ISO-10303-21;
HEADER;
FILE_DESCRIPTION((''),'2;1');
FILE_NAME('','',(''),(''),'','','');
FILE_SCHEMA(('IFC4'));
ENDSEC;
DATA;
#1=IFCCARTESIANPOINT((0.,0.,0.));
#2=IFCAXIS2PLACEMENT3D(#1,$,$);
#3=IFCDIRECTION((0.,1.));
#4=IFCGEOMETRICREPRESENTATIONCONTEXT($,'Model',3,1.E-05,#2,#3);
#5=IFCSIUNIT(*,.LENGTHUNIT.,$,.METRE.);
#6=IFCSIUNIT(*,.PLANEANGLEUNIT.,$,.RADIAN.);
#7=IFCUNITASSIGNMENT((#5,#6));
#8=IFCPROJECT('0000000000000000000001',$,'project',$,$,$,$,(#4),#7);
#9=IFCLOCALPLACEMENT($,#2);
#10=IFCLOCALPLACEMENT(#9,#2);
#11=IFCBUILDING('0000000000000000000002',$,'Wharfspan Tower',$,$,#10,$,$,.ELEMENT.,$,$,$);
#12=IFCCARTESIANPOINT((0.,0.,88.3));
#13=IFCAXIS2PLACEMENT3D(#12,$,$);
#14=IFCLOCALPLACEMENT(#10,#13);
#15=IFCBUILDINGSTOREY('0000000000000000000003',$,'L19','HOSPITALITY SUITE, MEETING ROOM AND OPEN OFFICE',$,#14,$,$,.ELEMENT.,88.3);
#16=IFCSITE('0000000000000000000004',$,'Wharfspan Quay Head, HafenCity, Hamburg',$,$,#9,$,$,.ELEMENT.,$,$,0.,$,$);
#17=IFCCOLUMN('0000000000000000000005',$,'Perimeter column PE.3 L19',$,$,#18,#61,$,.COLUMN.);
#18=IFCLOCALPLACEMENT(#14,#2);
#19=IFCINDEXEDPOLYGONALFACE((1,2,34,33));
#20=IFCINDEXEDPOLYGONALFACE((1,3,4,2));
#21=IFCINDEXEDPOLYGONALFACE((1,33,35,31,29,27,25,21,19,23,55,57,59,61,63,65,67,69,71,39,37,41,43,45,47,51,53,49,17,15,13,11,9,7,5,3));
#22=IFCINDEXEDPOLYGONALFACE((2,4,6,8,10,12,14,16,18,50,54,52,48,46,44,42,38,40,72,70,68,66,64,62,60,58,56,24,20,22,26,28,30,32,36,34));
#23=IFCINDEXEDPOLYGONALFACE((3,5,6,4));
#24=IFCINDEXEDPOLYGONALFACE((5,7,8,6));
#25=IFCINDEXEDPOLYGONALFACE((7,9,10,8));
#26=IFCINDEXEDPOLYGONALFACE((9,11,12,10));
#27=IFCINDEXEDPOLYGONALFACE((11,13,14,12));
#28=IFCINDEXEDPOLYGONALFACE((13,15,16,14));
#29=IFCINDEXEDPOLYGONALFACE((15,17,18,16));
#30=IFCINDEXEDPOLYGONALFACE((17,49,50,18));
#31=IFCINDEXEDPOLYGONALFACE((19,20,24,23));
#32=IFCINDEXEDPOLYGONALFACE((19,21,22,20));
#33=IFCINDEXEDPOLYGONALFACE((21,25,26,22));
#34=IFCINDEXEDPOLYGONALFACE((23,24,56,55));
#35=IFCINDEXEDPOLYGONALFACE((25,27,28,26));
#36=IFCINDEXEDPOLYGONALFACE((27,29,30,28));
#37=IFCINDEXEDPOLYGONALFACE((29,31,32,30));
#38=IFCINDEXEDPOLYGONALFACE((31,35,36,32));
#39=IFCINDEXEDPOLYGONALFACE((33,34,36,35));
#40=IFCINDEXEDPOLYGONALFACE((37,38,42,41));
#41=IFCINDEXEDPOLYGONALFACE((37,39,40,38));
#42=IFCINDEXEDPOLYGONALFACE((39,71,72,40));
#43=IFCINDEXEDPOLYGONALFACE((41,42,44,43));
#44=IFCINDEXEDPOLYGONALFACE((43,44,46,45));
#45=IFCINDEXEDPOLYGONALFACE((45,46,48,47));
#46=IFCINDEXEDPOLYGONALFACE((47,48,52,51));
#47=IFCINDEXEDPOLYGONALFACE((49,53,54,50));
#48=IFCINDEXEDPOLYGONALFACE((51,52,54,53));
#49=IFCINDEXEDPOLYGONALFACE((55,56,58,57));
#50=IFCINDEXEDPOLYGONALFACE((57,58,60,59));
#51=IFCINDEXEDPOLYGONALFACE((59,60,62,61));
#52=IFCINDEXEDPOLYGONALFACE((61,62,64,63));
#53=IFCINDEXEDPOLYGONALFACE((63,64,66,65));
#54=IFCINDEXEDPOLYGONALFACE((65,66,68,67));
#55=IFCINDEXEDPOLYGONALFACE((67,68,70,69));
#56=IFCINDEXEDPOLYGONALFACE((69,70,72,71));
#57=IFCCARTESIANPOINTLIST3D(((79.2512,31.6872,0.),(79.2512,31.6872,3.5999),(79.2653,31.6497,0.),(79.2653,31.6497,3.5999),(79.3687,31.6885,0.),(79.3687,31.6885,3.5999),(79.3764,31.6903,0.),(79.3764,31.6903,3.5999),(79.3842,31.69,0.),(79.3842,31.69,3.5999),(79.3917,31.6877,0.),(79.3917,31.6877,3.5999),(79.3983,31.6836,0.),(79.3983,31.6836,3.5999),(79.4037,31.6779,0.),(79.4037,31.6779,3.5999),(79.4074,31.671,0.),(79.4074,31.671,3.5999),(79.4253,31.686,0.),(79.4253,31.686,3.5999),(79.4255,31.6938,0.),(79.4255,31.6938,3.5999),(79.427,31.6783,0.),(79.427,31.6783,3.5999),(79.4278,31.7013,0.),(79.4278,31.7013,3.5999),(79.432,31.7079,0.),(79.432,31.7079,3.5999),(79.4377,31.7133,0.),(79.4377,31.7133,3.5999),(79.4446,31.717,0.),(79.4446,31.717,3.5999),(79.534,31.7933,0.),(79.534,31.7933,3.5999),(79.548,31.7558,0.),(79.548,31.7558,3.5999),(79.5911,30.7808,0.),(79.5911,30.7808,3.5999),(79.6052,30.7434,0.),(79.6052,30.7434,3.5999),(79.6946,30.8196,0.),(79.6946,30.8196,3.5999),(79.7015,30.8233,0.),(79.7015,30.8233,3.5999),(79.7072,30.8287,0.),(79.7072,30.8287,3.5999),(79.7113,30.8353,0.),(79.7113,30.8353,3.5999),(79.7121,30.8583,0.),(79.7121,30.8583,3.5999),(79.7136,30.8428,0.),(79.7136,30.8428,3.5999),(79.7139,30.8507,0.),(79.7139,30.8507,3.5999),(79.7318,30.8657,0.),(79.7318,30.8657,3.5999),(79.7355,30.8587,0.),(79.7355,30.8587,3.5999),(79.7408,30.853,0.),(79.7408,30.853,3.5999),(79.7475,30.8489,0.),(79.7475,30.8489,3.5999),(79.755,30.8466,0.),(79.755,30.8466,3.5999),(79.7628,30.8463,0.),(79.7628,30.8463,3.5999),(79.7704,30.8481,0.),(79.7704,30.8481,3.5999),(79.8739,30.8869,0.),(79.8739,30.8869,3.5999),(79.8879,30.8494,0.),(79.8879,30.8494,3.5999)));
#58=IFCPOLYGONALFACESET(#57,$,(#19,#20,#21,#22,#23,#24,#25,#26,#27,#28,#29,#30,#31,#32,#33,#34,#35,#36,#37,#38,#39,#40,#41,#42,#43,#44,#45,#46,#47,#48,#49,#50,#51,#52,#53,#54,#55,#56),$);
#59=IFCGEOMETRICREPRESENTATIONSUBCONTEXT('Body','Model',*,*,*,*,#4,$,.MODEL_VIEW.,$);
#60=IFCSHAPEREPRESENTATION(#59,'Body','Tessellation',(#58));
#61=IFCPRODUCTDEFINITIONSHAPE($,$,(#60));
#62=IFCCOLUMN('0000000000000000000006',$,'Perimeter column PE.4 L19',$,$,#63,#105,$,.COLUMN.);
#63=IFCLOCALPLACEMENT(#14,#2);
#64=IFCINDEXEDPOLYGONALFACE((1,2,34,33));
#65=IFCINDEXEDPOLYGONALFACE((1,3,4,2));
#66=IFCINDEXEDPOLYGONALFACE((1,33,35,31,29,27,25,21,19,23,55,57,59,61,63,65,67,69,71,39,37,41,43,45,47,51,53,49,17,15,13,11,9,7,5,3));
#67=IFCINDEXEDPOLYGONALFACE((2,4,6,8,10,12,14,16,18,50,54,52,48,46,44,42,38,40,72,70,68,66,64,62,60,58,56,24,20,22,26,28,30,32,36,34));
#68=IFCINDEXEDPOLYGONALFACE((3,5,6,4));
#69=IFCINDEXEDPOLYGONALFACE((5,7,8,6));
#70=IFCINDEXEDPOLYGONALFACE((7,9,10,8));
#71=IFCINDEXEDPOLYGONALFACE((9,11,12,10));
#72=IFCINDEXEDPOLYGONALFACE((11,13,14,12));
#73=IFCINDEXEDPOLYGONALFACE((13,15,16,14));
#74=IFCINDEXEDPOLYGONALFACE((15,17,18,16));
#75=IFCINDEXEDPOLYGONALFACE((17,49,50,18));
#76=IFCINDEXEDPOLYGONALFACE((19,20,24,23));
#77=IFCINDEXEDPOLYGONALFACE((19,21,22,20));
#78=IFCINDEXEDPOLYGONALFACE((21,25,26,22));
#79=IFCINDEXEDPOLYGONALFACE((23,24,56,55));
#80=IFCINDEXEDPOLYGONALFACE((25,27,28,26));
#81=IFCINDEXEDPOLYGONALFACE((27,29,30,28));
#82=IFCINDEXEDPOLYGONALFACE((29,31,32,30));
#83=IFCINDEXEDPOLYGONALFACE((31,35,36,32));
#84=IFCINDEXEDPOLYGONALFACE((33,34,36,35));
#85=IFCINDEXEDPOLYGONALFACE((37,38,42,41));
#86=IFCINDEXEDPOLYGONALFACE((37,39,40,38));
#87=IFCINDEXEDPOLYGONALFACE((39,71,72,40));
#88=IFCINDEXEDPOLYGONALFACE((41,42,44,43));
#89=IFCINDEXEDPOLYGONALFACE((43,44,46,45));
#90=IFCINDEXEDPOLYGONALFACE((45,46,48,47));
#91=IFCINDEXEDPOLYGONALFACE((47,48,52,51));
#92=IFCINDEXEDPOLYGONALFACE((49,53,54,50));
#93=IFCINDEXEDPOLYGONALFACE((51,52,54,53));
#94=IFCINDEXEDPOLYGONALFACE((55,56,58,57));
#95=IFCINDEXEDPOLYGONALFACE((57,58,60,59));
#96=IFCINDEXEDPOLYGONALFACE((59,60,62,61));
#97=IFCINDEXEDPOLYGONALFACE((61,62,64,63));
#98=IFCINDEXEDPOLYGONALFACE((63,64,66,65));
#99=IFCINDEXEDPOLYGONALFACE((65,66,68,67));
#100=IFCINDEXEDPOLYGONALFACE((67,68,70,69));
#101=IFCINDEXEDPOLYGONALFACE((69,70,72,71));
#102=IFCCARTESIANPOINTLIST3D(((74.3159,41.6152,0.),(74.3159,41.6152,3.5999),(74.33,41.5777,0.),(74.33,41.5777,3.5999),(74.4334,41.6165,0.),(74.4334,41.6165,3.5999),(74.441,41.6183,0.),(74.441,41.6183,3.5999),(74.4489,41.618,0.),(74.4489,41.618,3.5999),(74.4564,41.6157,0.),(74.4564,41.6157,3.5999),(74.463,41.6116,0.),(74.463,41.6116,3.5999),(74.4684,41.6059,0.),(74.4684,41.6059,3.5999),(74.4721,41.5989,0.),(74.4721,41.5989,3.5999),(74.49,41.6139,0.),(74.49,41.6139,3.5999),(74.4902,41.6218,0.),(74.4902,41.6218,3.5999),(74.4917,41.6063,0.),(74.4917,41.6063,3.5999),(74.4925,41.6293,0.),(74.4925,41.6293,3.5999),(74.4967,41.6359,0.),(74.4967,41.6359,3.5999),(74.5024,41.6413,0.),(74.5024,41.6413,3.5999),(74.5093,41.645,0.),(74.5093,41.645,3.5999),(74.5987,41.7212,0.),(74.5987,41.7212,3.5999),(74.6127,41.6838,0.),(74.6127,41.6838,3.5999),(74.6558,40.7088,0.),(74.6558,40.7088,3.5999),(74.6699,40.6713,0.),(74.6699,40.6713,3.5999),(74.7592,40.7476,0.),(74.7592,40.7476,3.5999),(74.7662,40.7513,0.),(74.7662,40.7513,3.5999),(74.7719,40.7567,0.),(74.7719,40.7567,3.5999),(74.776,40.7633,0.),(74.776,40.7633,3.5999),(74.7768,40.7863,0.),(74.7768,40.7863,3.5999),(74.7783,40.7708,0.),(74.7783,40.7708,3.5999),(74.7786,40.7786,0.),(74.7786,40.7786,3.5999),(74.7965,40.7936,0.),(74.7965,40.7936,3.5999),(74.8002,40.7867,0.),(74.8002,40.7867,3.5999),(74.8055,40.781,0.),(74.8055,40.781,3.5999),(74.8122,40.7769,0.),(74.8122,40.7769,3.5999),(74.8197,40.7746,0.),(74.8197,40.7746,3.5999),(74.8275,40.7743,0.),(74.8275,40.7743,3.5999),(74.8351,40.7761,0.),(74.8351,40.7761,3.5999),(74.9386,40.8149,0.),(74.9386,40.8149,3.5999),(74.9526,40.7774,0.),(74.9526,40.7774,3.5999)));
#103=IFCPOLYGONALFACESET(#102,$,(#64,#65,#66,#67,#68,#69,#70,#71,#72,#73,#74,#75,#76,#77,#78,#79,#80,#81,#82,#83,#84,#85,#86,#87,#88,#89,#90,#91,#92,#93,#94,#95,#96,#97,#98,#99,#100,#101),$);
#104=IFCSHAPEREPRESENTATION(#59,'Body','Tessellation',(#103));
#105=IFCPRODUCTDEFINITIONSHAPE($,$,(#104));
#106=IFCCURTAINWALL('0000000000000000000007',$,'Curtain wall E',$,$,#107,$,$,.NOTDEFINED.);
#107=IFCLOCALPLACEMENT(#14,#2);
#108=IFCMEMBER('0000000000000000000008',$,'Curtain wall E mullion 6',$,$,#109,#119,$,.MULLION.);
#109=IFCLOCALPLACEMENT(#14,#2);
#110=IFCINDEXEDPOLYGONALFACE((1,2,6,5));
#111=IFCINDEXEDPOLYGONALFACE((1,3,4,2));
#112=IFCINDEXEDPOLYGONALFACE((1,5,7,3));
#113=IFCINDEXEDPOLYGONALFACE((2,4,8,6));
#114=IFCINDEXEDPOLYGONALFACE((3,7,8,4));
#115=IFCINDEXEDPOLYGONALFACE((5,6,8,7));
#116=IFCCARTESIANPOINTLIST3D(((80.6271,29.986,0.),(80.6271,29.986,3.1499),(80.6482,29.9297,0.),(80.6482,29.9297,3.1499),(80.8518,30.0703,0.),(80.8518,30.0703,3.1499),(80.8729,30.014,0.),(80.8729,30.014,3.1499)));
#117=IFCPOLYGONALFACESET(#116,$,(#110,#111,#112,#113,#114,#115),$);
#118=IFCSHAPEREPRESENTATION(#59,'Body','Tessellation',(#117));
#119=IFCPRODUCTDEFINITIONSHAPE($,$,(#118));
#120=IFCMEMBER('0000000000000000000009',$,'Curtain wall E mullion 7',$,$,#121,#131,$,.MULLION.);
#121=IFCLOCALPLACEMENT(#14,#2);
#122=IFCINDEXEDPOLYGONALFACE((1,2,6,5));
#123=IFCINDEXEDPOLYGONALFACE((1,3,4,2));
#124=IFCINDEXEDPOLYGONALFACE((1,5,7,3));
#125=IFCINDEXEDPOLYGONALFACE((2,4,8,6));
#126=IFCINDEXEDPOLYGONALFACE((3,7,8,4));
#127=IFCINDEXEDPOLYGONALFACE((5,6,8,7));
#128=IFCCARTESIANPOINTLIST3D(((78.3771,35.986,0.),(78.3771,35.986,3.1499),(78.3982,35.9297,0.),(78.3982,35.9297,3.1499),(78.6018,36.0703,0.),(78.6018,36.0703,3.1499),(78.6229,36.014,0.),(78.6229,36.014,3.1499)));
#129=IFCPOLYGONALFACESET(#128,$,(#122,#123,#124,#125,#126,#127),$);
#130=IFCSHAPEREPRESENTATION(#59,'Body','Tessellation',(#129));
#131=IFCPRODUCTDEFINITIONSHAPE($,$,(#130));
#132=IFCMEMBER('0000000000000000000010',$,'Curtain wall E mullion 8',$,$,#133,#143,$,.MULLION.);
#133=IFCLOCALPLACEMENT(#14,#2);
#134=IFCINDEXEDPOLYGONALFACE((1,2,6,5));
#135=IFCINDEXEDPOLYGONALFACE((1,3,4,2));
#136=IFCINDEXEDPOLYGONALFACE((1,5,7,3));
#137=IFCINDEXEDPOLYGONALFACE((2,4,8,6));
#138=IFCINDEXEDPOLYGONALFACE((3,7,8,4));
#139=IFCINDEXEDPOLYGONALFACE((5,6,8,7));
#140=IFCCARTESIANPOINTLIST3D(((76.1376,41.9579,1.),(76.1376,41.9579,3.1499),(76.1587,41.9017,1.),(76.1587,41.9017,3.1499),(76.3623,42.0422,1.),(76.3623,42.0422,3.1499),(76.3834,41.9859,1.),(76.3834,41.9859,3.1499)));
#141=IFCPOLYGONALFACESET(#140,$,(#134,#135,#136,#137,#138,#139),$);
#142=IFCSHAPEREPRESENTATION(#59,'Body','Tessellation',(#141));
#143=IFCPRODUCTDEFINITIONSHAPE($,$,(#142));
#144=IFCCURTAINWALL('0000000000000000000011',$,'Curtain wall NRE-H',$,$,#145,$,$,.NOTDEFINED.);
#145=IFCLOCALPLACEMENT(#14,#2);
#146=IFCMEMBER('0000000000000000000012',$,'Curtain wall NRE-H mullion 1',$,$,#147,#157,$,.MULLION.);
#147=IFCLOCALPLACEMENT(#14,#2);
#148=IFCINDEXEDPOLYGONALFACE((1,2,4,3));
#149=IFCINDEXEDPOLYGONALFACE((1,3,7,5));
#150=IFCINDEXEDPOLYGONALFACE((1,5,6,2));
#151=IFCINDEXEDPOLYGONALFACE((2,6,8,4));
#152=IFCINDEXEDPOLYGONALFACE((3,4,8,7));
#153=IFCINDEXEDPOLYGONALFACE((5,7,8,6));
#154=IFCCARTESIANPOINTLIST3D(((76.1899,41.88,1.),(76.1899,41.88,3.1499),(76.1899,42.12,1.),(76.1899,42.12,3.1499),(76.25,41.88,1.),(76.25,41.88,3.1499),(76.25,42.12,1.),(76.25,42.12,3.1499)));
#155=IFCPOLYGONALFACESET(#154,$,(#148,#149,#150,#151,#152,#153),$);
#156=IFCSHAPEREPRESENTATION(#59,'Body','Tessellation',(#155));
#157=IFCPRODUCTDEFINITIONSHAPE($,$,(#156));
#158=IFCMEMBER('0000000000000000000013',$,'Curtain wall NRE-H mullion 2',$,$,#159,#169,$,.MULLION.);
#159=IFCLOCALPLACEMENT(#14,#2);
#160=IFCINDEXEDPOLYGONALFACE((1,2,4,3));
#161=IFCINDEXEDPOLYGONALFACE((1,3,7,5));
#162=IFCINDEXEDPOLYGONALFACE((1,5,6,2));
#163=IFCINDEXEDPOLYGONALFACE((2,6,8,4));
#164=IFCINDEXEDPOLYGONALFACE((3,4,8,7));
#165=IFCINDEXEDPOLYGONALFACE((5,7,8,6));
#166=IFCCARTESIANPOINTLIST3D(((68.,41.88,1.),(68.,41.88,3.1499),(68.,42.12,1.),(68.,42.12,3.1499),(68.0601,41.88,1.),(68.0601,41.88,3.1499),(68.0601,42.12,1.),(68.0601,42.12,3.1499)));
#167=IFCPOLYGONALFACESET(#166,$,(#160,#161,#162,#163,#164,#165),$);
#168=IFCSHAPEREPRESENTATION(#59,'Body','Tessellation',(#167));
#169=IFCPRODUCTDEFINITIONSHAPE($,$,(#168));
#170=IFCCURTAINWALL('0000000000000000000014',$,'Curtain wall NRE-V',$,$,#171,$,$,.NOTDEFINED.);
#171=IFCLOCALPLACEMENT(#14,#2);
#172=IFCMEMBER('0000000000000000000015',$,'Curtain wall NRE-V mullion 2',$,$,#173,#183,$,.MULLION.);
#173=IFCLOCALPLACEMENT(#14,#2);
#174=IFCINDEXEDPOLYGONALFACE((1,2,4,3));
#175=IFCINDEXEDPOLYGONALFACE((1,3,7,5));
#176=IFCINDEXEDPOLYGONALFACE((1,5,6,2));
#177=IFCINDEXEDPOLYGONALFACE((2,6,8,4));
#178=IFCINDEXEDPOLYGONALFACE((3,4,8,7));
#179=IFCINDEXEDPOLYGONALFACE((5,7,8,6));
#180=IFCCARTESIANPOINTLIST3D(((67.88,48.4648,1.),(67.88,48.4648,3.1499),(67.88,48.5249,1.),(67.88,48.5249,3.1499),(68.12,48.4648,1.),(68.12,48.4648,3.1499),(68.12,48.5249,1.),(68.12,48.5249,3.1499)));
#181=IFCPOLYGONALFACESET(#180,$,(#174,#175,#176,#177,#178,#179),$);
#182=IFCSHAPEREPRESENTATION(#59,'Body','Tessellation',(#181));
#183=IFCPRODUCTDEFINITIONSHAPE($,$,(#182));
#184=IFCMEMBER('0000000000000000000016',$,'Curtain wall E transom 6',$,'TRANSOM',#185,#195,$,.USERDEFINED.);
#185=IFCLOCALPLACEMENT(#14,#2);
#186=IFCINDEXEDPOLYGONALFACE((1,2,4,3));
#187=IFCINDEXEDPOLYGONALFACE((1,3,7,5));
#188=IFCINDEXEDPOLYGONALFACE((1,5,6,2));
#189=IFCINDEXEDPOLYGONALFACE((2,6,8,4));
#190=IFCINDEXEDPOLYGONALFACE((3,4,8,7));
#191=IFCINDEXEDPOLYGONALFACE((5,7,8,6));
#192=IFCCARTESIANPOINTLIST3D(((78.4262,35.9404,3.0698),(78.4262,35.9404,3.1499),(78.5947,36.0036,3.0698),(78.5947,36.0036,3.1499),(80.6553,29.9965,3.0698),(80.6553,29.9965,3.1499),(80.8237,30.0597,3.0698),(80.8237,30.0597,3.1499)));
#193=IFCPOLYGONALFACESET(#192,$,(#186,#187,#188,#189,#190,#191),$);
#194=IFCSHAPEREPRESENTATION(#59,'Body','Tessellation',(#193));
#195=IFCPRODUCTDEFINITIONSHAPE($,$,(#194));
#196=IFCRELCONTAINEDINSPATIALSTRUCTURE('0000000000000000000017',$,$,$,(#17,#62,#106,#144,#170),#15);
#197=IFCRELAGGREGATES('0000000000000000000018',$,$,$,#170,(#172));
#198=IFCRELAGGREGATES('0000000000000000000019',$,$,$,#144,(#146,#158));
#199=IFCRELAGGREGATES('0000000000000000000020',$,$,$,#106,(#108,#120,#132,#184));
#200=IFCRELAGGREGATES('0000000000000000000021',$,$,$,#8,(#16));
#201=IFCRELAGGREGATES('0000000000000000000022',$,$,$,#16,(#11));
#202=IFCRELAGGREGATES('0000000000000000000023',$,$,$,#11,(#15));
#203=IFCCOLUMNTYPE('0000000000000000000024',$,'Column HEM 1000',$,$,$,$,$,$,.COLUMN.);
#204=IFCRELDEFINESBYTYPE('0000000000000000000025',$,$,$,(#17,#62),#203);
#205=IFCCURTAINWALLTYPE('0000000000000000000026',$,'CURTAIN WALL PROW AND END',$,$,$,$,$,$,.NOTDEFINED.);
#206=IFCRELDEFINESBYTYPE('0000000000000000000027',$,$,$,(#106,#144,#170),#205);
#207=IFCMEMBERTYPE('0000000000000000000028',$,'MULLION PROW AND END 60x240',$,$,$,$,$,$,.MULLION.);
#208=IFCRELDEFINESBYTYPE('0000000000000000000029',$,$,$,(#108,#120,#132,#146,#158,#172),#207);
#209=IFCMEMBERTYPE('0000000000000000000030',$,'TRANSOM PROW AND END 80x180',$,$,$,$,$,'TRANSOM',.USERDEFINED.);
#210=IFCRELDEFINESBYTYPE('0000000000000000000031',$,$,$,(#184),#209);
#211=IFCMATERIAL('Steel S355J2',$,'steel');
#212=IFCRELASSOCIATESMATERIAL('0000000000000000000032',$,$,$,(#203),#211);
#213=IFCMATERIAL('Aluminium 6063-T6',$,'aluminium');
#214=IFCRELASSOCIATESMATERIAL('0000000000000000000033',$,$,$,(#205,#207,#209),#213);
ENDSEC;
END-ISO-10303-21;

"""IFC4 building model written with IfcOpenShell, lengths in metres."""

from ifc_helpers import new_model, si_unit, direction, frame, origin, origin_2d, place, context, subcontext, project, spatial, rectangle, i_section, extrude, material, material_profile, profile_set, type_object, element, aggregate, save


model = new_model("IFC4")

# Units and contexts
model_context = context("Model", 3, precision=1e-05, world=origin(), true_north=direction((0.0, 1.0)))
body_context = subcontext(model_context, "Body", "Model", "MODEL_VIEW")
ifc_project = project(units=[si_unit("LENGTHUNIT", "METRE"), si_unit("PLANEANGLEUNIT", "RADIAN")], contexts=[model_context])

# Site, building, storey
site_placement = place(None, origin())
site = spatial("IfcSite", under=ifc_project, at=site_placement, Name="Wharfspan Quay Head, HafenCity, Hamburg", CompositionType="ELEMENT", RefElevation=0.0)
building_placement = place(site_placement, origin())
building = spatial("IfcBuilding", under=site, at=building_placement, Name="Wharfspan Tower", CompositionType="ELEMENT")
storey_placement = place(building_placement, frame((0.0, 0.0, 88.3)))
storey = spatial("IfcBuildingStorey", under=building, at=storey_placement, Name="L19", Description="HOSPITALITY SUITE, MEETING ROOM AND OPEN OFFICE", CompositionType="ELEMENT", Elevation=88.3)

# Columns
ifc_material_1 = material(Name="Steel S355J2", Category="steel")
ifc_material_profile_1 = material_profile(ifc_material_1, i_section(OverallWidth=0.302, OverallDepth=1.0081, WebThickness=0.021, FlangeThickness=0.04, FilletRadius=0.03, at=origin_2d()))
ifc_profile_set_1 = profile_set([ifc_material_profile_1], Name="Steel S355J2")
column_type = type_object("IfcColumnType", Name="Column HEM 1000", PredefinedType="COLUMN", material=ifc_profile_set_1)
for number, where, z_axis, x_axis, name in (
    (1, (79.5696, 31.2683, 0.0), (0.0, 0.0, 1.0), (0.936328, 0.351123, 0.0), "Perimeter column PE.3 L19"),
    (2, (74.6343, 41.1963, 0.0), (0.0, 0.0, 1.0), (0.936328, 0.351123, 0.0), "Perimeter column PE.4 L19"),
):
    element("IfcColumn", number, at=place(storey_placement, frame(where, z_axis=z_axis, x_axis=x_axis)), inside=storey, type_object=column_type, Name=name, PredefinedType="COLUMN", context=body_context, shape_type="SweptSolid", body=[
        extrude(i_section(OverallWidth=0.302, OverallDepth=1.0081, WebThickness=0.021, FlangeThickness=0.04, FilletRadius=0.03, at=origin_2d()), origin(), (0.0, 0.0, 1.0), 3.5999),
    ])

# Curtain walls, members
ifc_material_2 = material(Name="Aluminium 6063-T6", Category="aluminium")
curtain_wall_type = type_object("IfcCurtainWallType", Name="CURTAIN WALL PROW AND END", PredefinedType="NOTDEFINED", material=ifc_material_2)
curtain_wall_1_placement = place(storey_placement, origin())
curtain_wall_1 = element("IfcCurtainWall", 3, at=curtain_wall_1_placement, inside=storey, type_object=curtain_wall_type, Name="Curtain wall E", PredefinedType="NOTDEFINED")
ifc_material_profile_2 = material_profile(ifc_material_2, rectangle(XDim=0.24, YDim=0.0601, at=origin_2d()))
ifc_profile_set_2 = profile_set([ifc_material_profile_2], Name="Aluminium 6063-T6")
member_type_1 = type_object("IfcMemberType", Name="MULLION PROW AND END 60x240", PredefinedType="MULLION", material=ifc_profile_set_2)
member_1_placement = place(storey_placement, frame((80.75, 30.0, 0.0), z_axis=(0.0, 0.0, 1.0), x_axis=(-0.936328, -0.351123, 0.0)))
member_1 = element("IfcMember", 4, at=member_1_placement, type_object=member_type_1, Name="Curtain wall E mullion 6", PredefinedType="MULLION", context=body_context, shape_type="SweptSolid", body=[
    extrude(rectangle(XDim=0.24, YDim=0.0601, at=origin_2d()), origin(), (0.0, 0.0, 1.0), 3.1499),
])
member_2_placement = place(storey_placement, frame((78.5, 36.0, 0.0), z_axis=(0.0, 0.0, 1.0), x_axis=(-0.936328, -0.351123, 0.0)))
member_2 = element("IfcMember", 5, at=member_2_placement, type_object=member_type_1, Name="Curtain wall E mullion 7", PredefinedType="MULLION", context=body_context, shape_type="SweptSolid", body=[
    extrude(rectangle(XDim=0.24, YDim=0.0601, at=origin_2d()), origin(), (0.0, 0.0, 1.0), 3.1499),
])
member_3_placement = place(storey_placement, frame((76.2605, 41.9719, 1.0), z_axis=(0.0, 0.0, 1.0), x_axis=(-0.936328, -0.351123, 0.0)))
member_3 = element("IfcMember", 6, at=member_3_placement, type_object=member_type_1, Name="Curtain wall E mullion 8", PredefinedType="MULLION", context=body_context, shape_type="SweptSolid", body=[
    extrude(rectangle(XDim=0.24, YDim=0.0601, at=origin_2d()), origin(), (0.0, 0.0, 1.0), 2.1499),
])
curtain_wall_2_placement = place(storey_placement, origin())
curtain_wall_2 = element("IfcCurtainWall", 7, at=curtain_wall_2_placement, inside=storey, type_object=curtain_wall_type, Name="Curtain wall NRE-H", PredefinedType="NOTDEFINED")
member_4_placement = place(storey_placement, frame((76.22, 42.0, 1.0), z_axis=(0.0, 0.0, 1.0), x_axis=(0.0, -1.0, 0.0)))
member_4 = element("IfcMember", 8, at=member_4_placement, type_object=member_type_1, Name="Curtain wall NRE-H mullion 1", PredefinedType="MULLION", context=body_context, shape_type="SweptSolid", body=[
    extrude(rectangle(XDim=0.24, YDim=0.0601, at=origin_2d()), origin(), (0.0, 0.0, 1.0), 2.1499),
])
member_5_placement = place(storey_placement, frame((68.03, 42.0, 1.0), z_axis=(0.0, 0.0, 1.0), x_axis=(0.0, -1.0, 0.0)))
member_5 = element("IfcMember", 9, at=member_5_placement, type_object=member_type_1, Name="Curtain wall NRE-H mullion 2", PredefinedType="MULLION", context=body_context, shape_type="SweptSolid", body=[
    extrude(rectangle(XDim=0.24, YDim=0.0601, at=origin_2d()), origin(), (0.0, 0.0, 1.0), 2.1499),
])

# Curtain wall, member
curtain_wall_3_placement = place(storey_placement, origin())
curtain_wall_3 = element("IfcCurtainWall", 10, at=curtain_wall_3_placement, inside=storey, type_object=curtain_wall_type, Name="Curtain wall NRE-V", PredefinedType="NOTDEFINED")
member_6_placement = place(storey_placement, frame((68.0, 48.4949, 1.0), z_axis=(0.0, 0.0, 1.0), x_axis=(-1.0, 0.0, 0.0)))
member_6 = element("IfcMember", 11, at=member_6_placement, type_object=member_type_1, Name="Curtain wall NRE-V mullion 2", PredefinedType="MULLION", context=body_context, shape_type="SweptSolid", body=[
    extrude(rectangle(XDim=0.24, YDim=0.0601, at=origin_2d()), origin(), (0.0, 0.0, 1.0), 2.1499),
])

# Member
ifc_material_profile_3 = material_profile(ifc_material_2, rectangle(XDim=0.1799, YDim=0.0801, at=origin_2d()))
ifc_profile_set_3 = profile_set([ifc_material_profile_3], Name="Aluminium 6063-T6")
member_type_2 = type_object("IfcMemberType", Name="TRANSOM PROW AND END 80x180", ElementType="TRANSOM", PredefinedType="USERDEFINED", material=ifc_profile_set_3)
member_7_placement = place(storey_placement, frame((80.7395, 30.0281, 3.1099), z_axis=(-0.351132, 0.936326, 0.0), x_axis=(-0.936326, -0.351132, 0.0)))
member_7 = element("IfcMember", 12, at=member_7_placement, type_object=member_type_2, Name="Curtain wall E transom 6", ObjectType="TRANSOM", PredefinedType="USERDEFINED", context=body_context, shape_type="SweptSolid", body=[
    extrude(rectangle(XDim=0.1799, YDim=0.0801, at=origin_2d()), origin(), (0.0, 0.0, 1.0), 6.3481),
])
aggregate(curtain_wall_3, [member_6])

aggregate(curtain_wall_2, [member_4, member_5])
aggregate(curtain_wall_1, [member_1, member_2, member_3, member_7])

save(model, "model.ifc")
